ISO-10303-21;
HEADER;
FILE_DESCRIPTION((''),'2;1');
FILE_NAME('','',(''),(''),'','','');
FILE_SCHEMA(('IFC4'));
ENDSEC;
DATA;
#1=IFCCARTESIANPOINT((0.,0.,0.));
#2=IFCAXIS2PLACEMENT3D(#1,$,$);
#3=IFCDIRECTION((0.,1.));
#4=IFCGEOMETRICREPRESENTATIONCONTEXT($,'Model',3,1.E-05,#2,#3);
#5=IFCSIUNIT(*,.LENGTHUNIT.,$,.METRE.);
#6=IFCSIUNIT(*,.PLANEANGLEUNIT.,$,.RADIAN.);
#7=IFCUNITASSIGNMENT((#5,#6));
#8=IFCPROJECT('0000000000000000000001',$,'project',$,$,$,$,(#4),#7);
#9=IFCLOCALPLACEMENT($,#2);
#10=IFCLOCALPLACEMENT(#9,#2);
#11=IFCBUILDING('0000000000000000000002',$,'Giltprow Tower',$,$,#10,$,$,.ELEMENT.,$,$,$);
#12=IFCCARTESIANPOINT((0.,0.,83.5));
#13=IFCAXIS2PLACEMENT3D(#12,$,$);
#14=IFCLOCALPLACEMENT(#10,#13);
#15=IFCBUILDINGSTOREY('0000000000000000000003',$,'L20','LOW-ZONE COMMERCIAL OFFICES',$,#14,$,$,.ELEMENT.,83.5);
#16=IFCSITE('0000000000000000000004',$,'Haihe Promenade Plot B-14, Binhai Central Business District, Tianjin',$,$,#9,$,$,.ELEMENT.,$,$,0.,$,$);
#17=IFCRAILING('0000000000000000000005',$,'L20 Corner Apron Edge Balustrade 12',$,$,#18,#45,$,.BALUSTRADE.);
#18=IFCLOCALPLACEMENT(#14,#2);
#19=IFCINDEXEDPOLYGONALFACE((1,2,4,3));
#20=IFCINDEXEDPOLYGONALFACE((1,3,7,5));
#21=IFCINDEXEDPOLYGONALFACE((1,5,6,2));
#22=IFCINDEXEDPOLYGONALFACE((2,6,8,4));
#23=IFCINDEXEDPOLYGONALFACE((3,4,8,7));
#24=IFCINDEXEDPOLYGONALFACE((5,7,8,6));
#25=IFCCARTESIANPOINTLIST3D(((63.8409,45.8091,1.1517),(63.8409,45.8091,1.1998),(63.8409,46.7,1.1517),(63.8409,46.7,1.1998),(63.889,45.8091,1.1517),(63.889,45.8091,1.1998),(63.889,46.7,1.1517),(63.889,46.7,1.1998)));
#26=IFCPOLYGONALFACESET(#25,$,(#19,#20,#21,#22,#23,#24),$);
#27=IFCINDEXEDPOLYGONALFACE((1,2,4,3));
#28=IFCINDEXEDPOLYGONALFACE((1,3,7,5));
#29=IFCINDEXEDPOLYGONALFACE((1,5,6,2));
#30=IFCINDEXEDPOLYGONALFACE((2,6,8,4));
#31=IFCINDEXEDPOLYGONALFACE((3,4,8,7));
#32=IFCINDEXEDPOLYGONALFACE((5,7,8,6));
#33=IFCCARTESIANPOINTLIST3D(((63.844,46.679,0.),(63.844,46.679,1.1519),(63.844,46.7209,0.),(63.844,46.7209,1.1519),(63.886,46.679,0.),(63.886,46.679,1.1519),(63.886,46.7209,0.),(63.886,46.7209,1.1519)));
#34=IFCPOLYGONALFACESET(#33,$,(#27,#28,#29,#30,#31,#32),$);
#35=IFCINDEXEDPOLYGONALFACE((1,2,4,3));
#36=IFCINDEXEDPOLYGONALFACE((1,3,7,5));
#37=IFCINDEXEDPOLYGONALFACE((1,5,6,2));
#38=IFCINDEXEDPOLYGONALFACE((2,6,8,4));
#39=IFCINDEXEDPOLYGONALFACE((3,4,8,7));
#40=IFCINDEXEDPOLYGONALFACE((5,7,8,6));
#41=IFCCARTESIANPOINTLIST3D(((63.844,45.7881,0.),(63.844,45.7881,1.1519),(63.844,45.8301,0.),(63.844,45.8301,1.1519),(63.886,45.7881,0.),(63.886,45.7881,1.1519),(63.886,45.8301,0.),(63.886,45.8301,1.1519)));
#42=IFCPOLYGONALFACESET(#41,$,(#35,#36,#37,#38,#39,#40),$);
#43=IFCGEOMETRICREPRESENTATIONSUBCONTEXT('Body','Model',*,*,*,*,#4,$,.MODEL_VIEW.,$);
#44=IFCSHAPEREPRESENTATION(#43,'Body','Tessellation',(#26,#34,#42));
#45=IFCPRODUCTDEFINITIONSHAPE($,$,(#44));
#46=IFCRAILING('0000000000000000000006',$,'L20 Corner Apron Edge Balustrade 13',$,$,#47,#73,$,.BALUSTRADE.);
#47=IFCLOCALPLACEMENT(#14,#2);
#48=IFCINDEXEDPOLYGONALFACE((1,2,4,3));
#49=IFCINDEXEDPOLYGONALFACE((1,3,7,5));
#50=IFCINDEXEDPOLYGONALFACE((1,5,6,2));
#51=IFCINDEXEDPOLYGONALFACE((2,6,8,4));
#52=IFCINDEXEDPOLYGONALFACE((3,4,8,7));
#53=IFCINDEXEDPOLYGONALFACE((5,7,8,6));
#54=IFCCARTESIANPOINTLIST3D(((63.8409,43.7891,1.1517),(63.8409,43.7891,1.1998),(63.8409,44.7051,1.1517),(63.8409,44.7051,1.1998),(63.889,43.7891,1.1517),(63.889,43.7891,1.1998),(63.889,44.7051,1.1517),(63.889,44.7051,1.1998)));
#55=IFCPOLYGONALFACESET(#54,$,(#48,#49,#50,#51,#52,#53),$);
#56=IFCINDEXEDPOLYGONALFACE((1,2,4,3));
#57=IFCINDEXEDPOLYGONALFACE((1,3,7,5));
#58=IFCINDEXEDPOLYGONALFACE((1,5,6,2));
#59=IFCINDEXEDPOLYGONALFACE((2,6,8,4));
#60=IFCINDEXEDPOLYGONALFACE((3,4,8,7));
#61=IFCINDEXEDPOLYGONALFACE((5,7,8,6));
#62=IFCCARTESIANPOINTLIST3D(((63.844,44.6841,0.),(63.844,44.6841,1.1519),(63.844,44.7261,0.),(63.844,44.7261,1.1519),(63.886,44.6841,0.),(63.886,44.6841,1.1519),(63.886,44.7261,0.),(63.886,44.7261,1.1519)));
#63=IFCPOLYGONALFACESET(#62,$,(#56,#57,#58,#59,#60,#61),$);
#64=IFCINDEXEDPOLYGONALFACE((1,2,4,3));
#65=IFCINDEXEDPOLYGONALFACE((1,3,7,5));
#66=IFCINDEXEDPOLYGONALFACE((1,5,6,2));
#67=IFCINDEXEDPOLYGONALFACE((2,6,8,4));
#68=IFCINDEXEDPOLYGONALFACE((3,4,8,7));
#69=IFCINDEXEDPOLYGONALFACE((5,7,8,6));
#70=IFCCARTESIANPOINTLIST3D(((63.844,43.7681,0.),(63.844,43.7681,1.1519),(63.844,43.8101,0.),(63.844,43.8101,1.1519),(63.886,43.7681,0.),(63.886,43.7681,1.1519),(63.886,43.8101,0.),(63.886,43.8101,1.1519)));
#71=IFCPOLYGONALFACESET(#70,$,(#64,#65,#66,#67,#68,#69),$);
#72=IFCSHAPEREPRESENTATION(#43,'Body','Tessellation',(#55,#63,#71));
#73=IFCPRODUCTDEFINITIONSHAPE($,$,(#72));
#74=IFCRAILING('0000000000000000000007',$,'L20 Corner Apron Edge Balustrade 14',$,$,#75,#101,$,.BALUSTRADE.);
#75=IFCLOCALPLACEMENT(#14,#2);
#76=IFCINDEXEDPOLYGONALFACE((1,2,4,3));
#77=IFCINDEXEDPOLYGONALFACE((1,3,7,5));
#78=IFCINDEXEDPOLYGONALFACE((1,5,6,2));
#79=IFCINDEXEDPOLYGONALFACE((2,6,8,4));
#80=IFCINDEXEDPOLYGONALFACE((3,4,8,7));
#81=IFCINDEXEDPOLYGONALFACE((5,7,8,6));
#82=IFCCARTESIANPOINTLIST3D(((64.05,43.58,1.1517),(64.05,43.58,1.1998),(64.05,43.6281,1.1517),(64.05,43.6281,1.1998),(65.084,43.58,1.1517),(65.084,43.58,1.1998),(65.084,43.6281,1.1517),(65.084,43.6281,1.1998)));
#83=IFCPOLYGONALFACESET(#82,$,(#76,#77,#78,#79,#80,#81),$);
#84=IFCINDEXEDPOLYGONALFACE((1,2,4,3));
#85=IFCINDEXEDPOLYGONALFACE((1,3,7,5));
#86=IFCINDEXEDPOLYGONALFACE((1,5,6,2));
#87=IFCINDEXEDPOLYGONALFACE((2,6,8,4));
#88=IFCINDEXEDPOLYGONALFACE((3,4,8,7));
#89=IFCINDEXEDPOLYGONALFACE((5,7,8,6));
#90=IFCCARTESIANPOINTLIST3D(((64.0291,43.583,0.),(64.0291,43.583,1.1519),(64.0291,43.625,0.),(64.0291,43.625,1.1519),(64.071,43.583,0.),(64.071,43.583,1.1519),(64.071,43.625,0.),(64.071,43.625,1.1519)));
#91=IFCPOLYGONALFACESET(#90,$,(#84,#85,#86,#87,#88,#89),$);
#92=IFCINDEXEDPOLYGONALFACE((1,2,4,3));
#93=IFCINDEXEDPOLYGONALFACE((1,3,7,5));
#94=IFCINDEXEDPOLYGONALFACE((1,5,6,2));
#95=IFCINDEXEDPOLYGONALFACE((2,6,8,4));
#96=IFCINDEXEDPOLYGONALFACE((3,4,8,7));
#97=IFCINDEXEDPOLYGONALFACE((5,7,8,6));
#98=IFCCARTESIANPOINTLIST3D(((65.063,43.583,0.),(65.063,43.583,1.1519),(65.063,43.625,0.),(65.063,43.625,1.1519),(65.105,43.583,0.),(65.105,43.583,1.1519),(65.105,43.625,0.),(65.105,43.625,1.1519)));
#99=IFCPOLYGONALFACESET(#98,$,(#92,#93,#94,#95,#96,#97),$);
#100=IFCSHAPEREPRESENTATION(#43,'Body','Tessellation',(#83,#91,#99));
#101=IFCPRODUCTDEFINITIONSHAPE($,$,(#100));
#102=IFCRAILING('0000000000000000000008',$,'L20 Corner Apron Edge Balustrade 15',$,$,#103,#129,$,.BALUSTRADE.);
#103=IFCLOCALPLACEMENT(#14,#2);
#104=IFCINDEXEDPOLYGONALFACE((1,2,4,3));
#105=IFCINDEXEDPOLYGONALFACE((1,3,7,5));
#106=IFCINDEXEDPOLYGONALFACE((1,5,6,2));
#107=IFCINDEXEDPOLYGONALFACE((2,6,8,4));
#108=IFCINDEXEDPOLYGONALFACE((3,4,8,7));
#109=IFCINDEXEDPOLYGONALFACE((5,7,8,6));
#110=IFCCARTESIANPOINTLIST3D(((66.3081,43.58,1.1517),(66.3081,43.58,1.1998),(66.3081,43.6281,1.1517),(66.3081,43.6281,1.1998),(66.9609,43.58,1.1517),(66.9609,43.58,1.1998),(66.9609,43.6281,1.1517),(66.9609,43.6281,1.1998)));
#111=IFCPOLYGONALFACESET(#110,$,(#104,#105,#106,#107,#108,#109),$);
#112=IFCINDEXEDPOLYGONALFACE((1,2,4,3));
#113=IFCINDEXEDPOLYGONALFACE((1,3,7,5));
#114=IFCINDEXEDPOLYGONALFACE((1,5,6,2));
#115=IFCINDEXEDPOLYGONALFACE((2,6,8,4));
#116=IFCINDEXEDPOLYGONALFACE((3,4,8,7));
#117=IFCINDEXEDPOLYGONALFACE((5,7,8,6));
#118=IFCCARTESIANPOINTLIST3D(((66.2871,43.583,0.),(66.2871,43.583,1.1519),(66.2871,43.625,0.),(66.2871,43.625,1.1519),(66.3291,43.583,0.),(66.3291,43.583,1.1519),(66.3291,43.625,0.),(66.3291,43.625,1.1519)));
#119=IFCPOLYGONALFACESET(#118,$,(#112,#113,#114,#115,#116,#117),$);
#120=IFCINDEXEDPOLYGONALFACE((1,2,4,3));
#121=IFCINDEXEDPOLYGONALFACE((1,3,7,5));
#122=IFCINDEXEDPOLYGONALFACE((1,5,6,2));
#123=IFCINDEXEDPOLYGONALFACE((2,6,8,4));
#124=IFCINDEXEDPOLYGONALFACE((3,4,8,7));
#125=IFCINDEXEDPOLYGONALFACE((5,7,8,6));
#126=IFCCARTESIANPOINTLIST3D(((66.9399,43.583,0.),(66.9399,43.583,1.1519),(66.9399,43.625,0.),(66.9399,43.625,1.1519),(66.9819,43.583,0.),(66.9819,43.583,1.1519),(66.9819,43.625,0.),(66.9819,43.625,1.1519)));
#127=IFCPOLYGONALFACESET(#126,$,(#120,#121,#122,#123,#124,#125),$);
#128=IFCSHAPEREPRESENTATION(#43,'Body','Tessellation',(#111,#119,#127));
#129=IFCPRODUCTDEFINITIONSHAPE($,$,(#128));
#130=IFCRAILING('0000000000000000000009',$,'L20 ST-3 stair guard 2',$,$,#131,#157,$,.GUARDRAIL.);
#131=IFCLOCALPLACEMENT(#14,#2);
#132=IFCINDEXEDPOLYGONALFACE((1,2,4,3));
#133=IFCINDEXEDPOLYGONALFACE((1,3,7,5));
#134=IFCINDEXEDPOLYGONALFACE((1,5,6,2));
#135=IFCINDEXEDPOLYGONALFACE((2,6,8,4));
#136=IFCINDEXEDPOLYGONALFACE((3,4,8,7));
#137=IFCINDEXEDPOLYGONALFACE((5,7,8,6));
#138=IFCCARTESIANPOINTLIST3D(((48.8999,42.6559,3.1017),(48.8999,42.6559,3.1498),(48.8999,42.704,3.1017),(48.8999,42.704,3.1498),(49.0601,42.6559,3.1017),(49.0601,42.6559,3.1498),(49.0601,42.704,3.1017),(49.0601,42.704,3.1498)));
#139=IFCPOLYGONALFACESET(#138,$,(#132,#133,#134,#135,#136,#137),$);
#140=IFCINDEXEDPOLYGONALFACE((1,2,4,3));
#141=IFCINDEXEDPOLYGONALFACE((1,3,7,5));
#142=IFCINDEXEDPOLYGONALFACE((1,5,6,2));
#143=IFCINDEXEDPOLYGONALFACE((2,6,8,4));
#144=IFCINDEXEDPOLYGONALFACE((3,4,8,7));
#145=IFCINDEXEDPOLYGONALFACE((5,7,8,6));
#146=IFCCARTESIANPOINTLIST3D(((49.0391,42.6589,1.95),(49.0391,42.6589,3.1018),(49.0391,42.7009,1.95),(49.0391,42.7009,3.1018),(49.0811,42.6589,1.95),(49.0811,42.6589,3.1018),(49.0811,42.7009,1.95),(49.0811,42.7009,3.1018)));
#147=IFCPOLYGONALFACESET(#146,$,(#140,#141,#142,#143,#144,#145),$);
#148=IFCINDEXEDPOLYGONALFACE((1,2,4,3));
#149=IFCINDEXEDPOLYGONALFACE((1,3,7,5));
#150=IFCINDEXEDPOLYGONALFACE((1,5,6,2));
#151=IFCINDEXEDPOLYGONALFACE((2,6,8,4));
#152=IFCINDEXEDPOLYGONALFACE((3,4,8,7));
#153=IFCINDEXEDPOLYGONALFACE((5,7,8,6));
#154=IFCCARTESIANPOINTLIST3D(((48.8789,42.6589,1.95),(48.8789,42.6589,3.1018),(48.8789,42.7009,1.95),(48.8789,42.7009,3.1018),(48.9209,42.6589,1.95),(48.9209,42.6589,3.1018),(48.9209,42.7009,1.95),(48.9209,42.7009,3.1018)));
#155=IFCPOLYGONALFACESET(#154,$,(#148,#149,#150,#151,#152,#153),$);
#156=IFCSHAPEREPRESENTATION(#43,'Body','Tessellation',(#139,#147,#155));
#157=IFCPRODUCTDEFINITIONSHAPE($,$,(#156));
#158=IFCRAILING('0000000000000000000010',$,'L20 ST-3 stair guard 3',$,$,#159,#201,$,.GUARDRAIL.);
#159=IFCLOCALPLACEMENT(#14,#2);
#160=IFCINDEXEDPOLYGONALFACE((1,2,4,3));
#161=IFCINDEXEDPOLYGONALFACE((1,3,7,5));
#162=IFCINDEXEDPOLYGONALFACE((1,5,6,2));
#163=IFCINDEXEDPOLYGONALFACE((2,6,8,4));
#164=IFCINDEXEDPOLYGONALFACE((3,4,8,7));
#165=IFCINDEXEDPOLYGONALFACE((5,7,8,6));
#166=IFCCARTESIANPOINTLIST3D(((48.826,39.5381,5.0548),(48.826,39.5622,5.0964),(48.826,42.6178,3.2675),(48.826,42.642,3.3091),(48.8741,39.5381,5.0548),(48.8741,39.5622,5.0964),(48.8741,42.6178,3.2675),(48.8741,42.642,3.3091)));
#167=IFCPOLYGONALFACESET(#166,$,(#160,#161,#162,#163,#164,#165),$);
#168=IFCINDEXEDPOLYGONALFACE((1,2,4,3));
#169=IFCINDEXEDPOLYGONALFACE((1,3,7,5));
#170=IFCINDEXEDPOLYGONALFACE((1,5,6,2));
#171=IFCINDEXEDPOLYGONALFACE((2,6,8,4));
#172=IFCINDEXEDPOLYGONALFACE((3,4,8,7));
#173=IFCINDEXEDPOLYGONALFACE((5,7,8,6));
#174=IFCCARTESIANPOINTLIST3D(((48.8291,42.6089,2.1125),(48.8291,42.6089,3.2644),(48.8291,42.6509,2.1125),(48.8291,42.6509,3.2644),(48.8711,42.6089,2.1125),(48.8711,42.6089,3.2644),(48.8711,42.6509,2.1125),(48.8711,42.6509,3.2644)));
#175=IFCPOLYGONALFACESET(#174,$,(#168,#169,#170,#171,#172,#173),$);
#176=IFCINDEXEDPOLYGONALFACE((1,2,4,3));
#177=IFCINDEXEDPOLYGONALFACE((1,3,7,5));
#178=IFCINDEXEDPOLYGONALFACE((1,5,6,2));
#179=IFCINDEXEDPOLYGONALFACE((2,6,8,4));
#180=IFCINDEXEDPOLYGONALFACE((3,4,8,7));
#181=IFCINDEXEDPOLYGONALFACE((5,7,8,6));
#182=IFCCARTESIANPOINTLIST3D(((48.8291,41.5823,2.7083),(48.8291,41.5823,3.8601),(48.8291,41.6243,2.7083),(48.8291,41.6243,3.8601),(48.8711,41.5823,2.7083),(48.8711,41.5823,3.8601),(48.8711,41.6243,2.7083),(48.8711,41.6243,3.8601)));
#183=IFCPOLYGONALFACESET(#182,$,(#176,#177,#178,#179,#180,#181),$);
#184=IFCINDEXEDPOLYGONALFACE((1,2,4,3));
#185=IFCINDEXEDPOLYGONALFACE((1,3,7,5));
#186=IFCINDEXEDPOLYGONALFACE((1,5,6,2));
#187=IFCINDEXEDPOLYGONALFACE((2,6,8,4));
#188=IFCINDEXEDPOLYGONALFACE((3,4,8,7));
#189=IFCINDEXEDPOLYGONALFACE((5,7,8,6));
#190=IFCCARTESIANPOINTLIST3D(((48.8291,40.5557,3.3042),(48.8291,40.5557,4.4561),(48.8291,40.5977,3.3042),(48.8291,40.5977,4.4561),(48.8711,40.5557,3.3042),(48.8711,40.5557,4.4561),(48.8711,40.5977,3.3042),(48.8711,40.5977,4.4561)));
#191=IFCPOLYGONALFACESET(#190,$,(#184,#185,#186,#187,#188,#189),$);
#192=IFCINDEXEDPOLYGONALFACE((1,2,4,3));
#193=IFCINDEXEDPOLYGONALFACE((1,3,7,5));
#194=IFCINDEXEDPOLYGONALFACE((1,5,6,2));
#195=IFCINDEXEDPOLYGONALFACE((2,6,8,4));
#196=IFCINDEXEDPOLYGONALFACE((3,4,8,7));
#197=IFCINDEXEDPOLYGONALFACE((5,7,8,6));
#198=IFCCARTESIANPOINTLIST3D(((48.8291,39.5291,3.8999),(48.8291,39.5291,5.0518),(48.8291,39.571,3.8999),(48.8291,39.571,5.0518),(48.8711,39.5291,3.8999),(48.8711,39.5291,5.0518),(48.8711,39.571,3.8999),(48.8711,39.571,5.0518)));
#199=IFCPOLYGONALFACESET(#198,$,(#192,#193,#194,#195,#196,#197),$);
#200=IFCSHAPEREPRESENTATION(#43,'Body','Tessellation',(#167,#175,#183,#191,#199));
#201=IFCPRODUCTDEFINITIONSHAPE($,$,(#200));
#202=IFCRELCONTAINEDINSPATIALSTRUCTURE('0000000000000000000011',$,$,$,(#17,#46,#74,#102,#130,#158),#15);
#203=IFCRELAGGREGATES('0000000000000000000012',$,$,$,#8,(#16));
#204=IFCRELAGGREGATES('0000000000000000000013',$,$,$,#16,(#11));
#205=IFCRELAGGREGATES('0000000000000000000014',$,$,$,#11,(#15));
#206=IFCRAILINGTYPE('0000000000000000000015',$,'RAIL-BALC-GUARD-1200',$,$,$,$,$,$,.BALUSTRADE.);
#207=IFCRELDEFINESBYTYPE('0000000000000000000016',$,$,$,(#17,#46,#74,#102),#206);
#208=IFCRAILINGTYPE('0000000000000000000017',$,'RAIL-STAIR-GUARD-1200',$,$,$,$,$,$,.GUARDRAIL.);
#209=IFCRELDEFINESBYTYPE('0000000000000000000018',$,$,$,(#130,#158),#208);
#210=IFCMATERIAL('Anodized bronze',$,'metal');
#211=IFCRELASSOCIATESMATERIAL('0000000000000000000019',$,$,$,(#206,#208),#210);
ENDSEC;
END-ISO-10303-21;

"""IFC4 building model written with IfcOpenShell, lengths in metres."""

from ifc_helpers import new_model, si_unit, direction, frame, origin, origin_2d, place, context, subcontext, project, spatial, rectangle, extrude, material, type_object, element, save


model = new_model("IFC4")

# Units and contexts
model_context = context("Model", 3, precision=1e-05, world=origin(), true_north=direction((0.0, 1.0)))
body_context = subcontext(model_context, "Body", "Model", "MODEL_VIEW")
ifc_project = project(units=[si_unit("LENGTHUNIT", "METRE"), si_unit("PLANEANGLEUNIT", "RADIAN")], contexts=[model_context])

# Site, building, storey
site_placement = place(None, origin())
site = spatial("IfcSite", under=ifc_project, at=site_placement, Name="Haihe Promenade Plot B-14, Binhai Central Business District, Tianjin", CompositionType="ELEMENT", RefElevation=0.0)
building_placement = place(site_placement, origin())
building = spatial("IfcBuilding", under=site, at=building_placement, Name="Giltprow Tower", CompositionType="ELEMENT")
storey_placement = place(building_placement, frame((0.0, 0.0, 83.5)))
storey = spatial("IfcBuildingStorey", under=building, at=storey_placement, Name="L20", Description="LOW-ZONE COMMERCIAL OFFICES", CompositionType="ELEMENT", Elevation=83.5)

# Railings
ifc_material_1 = material(Name="Anodized bronze", Category="metal")
railing_type_1 = type_object("IfcRailingType", Name="RAIL-BALC-GUARD-1200", PredefinedType="BALUSTRADE", material=ifc_material_1)
railing_1_placement = place(storey_placement, frame((63.865, 46.7, 0.0)))
element("IfcRailing", 1, at=railing_1_placement, inside=storey, type_object=railing_type_1, Name="L20 Corner Apron Edge Balustrade 12", PredefinedType="BALUSTRADE", context=body_context, shape_type="SweptSolid", body=[
    extrude(rectangle(XDim=0.0481, YDim=0.0481, at=origin_2d()), frame((0.0, 0.0, 1.1758), z_axis=(0.0, -1.0, 0.0), x_axis=(1.0, 0.0, 0.0)), (0.0, 0.0, 1.0), 0.8909),
    extrude(rectangle(XDim=0.042, YDim=0.042, at=origin_2d()), origin(), (0.0, 0.0, 1.0), 1.1519),
    extrude(rectangle(XDim=0.042, YDim=0.042, at=origin_2d()), frame((0.0, -0.8909, 0.0)), (0.0, 0.0, 1.0), 1.1519),
])
railing_2_placement = place(storey_placement, frame((63.865, 44.7051, 0.0)))
element("IfcRailing", 2, at=railing_2_placement, inside=storey, type_object=railing_type_1, Name="L20 Corner Apron Edge Balustrade 13", PredefinedType="BALUSTRADE", context=body_context, shape_type="SweptSolid", body=[
    extrude(rectangle(XDim=0.0481, YDim=0.0481, at=origin_2d()), frame((0.0, 0.0, 1.1758), z_axis=(0.0, -1.0, 0.0), x_axis=(1.0, 0.0, 0.0)), (0.0, 0.0, 1.0), 0.916),
    extrude(rectangle(XDim=0.042, YDim=0.042, at=origin_2d()), origin(), (0.0, 0.0, 1.0), 1.1519),
    extrude(rectangle(XDim=0.042, YDim=0.042, at=origin_2d()), frame((0.0, -0.916, 0.0)), (0.0, 0.0, 1.0), 1.1519),
])
railing_3_placement = place(storey_placement, frame((64.05, 43.604, 0.0)))
element("IfcRailing", 3, at=railing_3_placement, inside=storey, type_object=railing_type_1, Name="L20 Corner Apron Edge Balustrade 14", PredefinedType="BALUSTRADE", context=body_context, shape_type="SweptSolid", body=[
    extrude(rectangle(XDim=0.0481, YDim=0.0481, at=origin_2d()), frame((0.0, 0.0, 1.1758), z_axis=(1.0, 0.0, 0.0), x_axis=(0.0, 1.0, 0.0)), (0.0, 0.0, 1.0), 1.0339),
    extrude(rectangle(XDim=0.042, YDim=0.042, at=origin_2d()), origin(), (0.0, 0.0, 1.0), 1.1519),
    extrude(rectangle(XDim=0.042, YDim=0.042, at=origin_2d()), frame((1.0339, 0.0, 0.0)), (0.0, 0.0, 1.0), 1.1519),
])
railing_4_placement = place(storey_placement, frame((66.3081, 43.604, 0.0)))
element("IfcRailing", 4, at=railing_4_placement, inside=storey, type_object=railing_type_1, Name="L20 Corner Apron Edge Balustrade 15", PredefinedType="BALUSTRADE", context=body_context, shape_type="SweptSolid", body=[
    extrude(rectangle(XDim=0.0481, YDim=0.0481, at=origin_2d()), frame((0.0, 0.0, 1.1758), z_axis=(1.0, 0.0, 0.0), x_axis=(0.0, 1.0, 0.0)), (0.0, 0.0, 1.0), 0.6528),
    extrude(rectangle(XDim=0.042, YDim=0.042, at=origin_2d()), origin(), (0.0, 0.0, 1.0), 1.1519),
    extrude(rectangle(XDim=0.042, YDim=0.042, at=origin_2d()), frame((0.6528, 0.0, 0.0)), (0.0, 0.0, 1.0), 1.1519),
])
railing_type_2 = type_object("IfcRailingType", Name="RAIL-STAIR-GUARD-1200", PredefinedType="GUARDRAIL", material=ifc_material_1)
railing_5_placement = place(storey_placement, frame((49.0601, 42.6799, 1.95)))
element("IfcRailing", 5, at=railing_5_placement, inside=storey, type_object=railing_type_2, Name="L20 ST-3 stair guard 2", PredefinedType="GUARDRAIL", context=body_context, shape_type="SweptSolid", body=[
    extrude(rectangle(XDim=0.0481, YDim=0.0481, at=origin_2d()), frame((0.0, 0.0, 1.1758), z_axis=(-1.0, 0.0, 0.0), x_axis=(0.0, -1.0, 0.0)), (0.0, 0.0, 1.0), 0.1602),
    extrude(rectangle(XDim=0.042, YDim=0.042, at=origin_2d()), origin(), (0.0, 0.0, 1.0), 1.1519),
    extrude(rectangle(XDim=0.042, YDim=0.042, at=origin_2d()), frame((-0.1602, 0.0, 0.0)), (0.0, 0.0, 1.0), 1.1519),
])
railing_6_placement = place(storey_placement, frame((48.8501, 42.6299, 2.1125)))
element("IfcRailing", 6, at=railing_6_placement, inside=storey, type_object=railing_type_2, Name="L20 ST-3 stair guard 3", PredefinedType="GUARDRAIL", context=body_context, shape_type="SweptSolid", body=[
    extrude(rectangle(XDim=0.0481, YDim=0.0481, at=origin_2d()), frame((0.0, 0.0, 1.1758), z_axis=(0.0, -0.864903, 0.501939), x_axis=(1.0, 0.0, 0.0)), (0.0, 0.0, 1.0), 3.5608),
    extrude(rectangle(XDim=0.042, YDim=0.042, at=origin_2d()), origin(), (0.0, 0.0, 1.0), 1.1519),
    extrude(rectangle(XDim=0.042, YDim=0.042, at=origin_2d()), frame((0.0, -1.0266, 0.5957)), (0.0, 0.0, 1.0), 1.1519),
    extrude(rectangle(XDim=0.042, YDim=0.042, at=origin_2d()), frame((0.0, -2.0532, 1.1917)), (0.0, 0.0, 1.0), 1.1519),
    extrude(rectangle(XDim=0.042, YDim=0.042, at=origin_2d()), frame((0.0, -3.0798, 1.7874)), (0.0, 0.0, 1.0), 1.1519),
])

save(model, "model.ifc")
